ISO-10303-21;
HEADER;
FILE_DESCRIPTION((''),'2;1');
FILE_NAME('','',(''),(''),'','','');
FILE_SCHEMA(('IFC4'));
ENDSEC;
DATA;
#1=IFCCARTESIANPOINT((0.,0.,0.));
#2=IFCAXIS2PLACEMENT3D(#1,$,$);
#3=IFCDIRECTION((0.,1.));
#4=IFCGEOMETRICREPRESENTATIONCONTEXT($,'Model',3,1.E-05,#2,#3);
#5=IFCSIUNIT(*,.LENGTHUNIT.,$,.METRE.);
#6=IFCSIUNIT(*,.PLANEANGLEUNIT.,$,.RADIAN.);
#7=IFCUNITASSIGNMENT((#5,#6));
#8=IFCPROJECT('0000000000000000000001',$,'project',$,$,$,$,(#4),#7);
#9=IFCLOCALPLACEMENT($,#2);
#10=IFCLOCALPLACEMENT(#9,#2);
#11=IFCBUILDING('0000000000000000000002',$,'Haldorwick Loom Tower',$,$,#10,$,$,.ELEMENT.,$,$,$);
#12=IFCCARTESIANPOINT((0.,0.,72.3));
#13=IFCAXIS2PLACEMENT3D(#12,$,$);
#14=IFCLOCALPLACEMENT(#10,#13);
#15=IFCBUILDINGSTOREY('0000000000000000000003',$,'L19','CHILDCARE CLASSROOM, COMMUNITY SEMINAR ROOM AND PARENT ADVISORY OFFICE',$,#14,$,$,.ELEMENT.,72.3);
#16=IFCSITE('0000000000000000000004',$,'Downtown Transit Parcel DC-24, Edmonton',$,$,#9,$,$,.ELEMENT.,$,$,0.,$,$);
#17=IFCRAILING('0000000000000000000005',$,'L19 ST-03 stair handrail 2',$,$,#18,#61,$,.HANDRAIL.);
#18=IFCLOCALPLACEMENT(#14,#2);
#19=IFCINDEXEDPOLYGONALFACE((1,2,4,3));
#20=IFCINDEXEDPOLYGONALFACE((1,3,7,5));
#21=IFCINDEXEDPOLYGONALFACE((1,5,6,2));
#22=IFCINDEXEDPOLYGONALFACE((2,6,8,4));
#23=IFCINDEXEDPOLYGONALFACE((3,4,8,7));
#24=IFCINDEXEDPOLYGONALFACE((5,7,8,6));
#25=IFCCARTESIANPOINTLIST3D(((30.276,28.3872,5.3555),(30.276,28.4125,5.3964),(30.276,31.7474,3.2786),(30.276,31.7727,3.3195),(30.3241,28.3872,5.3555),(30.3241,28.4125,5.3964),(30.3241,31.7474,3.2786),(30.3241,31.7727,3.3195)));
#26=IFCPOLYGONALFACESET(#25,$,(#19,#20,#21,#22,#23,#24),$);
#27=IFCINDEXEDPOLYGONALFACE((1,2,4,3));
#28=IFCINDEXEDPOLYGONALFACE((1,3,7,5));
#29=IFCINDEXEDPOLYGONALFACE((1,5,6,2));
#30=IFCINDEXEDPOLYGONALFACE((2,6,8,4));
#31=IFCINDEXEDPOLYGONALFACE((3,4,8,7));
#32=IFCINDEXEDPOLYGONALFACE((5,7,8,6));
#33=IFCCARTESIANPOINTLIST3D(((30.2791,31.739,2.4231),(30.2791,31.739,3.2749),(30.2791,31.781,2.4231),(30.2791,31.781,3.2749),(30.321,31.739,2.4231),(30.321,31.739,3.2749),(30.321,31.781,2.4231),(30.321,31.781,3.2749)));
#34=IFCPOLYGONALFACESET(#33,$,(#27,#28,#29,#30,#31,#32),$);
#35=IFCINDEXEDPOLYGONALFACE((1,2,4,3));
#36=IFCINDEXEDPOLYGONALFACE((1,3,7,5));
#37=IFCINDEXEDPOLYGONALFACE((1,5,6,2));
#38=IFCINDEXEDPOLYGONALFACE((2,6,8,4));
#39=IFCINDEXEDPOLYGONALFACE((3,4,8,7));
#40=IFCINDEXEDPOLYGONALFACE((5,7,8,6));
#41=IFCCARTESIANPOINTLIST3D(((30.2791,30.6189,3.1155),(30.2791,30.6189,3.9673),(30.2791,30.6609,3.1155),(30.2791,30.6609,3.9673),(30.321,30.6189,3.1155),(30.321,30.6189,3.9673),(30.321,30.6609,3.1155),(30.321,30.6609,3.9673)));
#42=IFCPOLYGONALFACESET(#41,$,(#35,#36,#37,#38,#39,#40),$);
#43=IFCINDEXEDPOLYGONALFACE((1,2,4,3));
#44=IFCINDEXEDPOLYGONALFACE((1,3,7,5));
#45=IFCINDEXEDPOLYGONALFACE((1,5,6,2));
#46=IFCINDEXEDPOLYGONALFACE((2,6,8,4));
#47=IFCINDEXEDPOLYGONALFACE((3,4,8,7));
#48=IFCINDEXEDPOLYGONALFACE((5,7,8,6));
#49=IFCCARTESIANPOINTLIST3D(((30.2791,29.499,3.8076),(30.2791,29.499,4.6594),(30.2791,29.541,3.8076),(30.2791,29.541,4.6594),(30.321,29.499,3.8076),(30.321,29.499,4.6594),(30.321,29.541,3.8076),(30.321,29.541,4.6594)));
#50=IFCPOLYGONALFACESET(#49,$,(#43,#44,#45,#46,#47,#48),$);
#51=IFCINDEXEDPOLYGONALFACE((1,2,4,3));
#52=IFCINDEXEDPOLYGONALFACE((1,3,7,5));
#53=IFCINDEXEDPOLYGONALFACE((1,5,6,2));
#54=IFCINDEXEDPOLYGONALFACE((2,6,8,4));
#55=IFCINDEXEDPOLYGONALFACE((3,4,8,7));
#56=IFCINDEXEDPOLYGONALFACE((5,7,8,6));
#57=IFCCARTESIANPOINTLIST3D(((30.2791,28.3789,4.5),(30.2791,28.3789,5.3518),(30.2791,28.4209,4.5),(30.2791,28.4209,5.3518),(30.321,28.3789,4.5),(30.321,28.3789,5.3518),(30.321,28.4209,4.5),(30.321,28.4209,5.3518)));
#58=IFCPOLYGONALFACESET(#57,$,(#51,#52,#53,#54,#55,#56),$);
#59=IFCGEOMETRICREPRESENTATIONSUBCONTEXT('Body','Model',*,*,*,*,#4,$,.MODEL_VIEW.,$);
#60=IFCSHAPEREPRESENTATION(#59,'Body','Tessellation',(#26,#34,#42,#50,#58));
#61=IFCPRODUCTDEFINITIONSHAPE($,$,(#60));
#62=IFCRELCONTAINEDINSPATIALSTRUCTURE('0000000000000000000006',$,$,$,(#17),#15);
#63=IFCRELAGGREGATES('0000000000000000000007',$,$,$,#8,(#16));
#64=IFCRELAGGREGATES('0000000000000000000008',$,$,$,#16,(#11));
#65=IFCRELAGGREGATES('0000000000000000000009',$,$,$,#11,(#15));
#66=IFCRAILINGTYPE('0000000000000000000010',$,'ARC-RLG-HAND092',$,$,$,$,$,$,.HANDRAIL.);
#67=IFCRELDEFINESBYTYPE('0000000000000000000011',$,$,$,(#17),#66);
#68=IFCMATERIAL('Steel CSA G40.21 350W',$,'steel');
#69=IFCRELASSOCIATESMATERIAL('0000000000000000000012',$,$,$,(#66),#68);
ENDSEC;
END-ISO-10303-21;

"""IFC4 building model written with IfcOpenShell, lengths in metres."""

from ifc_helpers import new_model, si_unit, direction, frame, origin, origin_2d, place, context, subcontext, project, spatial, rectangle, extrude, material, type_object, element, save


model = new_model("IFC4")

# Units and contexts
model_context = context("Model", 3, precision=1e-05, world=origin(), true_north=direction((0.0, 1.0)))
body_context = subcontext(model_context, "Body", "Model", "MODEL_VIEW")
ifc_project = project(units=[si_unit("LENGTHUNIT", "METRE"), si_unit("PLANEANGLEUNIT", "RADIAN")], contexts=[model_context])

# Site, building, storey
site_placement = place(None, origin())
site = spatial("IfcSite", under=ifc_project, at=site_placement, Name="Downtown Transit Parcel DC-24, Edmonton", CompositionType="ELEMENT", RefElevation=0.0)
building_placement = place(site_placement, origin())
building = spatial("IfcBuilding", under=site, at=building_placement, Name="Haldorwick Loom Tower", CompositionType="ELEMENT")
storey_placement = place(building_placement, frame((0.0, 0.0, 72.3)))
storey = spatial("IfcBuildingStorey", under=building, at=storey_placement, Name="L19", Description="CHILDCARE CLASSROOM, COMMUNITY SEMINAR ROOM AND PARENT ADVISORY OFFICE", CompositionType="ELEMENT", Elevation=72.3)

# Shared definitions
ifc_material_1 = material(Name="Steel CSA G40.21 350W", Category="steel")

# Railing
railing_type_1 = type_object("IfcRailingType", Name="ARC-RLG-HAND092", PredefinedType="HANDRAIL", material=ifc_material_1)
railing_1_placement = place(storey_placement, frame((30.3, 31.76, 2.4231)))
element("IfcRailing", 1, at=railing_1_placement, inside=storey, type_object=railing_type_1, Name="L19 ST-03 stair handrail 2", PredefinedType="HANDRAIL", context=body_context, shape_type="SweptSolid", body=[
    extrude(rectangle(XDim=0.0481, YDim=0.0481, at=origin_2d()), frame((0.0, 0.0, 0.876), z_axis=(0.0, -0.850623, 0.525776), x_axis=(1.0, 0.0, 0.0)), (0.0, 0.0, 1.0), 3.9502),
    extrude(rectangle(XDim=0.042, YDim=0.042, at=origin_2d()), origin(), (0.0, 0.0, 1.0), 0.8518),
    extrude(rectangle(XDim=0.042, YDim=0.042, at=origin_2d()), frame((0.0, -1.1201, 0.6924)), (0.0, 0.0, 1.0), 0.8518),
    extrude(rectangle(XDim=0.042, YDim=0.042, at=origin_2d()), frame((0.0, -2.24, 1.3845)), (0.0, 0.0, 1.0), 0.8518),
    extrude(rectangle(XDim=0.042, YDim=0.042, at=origin_2d()), frame((0.0, -3.3601, 2.0769)), (0.0, 0.0, 1.0), 0.8518),
])

save(model, "model.ifc")
